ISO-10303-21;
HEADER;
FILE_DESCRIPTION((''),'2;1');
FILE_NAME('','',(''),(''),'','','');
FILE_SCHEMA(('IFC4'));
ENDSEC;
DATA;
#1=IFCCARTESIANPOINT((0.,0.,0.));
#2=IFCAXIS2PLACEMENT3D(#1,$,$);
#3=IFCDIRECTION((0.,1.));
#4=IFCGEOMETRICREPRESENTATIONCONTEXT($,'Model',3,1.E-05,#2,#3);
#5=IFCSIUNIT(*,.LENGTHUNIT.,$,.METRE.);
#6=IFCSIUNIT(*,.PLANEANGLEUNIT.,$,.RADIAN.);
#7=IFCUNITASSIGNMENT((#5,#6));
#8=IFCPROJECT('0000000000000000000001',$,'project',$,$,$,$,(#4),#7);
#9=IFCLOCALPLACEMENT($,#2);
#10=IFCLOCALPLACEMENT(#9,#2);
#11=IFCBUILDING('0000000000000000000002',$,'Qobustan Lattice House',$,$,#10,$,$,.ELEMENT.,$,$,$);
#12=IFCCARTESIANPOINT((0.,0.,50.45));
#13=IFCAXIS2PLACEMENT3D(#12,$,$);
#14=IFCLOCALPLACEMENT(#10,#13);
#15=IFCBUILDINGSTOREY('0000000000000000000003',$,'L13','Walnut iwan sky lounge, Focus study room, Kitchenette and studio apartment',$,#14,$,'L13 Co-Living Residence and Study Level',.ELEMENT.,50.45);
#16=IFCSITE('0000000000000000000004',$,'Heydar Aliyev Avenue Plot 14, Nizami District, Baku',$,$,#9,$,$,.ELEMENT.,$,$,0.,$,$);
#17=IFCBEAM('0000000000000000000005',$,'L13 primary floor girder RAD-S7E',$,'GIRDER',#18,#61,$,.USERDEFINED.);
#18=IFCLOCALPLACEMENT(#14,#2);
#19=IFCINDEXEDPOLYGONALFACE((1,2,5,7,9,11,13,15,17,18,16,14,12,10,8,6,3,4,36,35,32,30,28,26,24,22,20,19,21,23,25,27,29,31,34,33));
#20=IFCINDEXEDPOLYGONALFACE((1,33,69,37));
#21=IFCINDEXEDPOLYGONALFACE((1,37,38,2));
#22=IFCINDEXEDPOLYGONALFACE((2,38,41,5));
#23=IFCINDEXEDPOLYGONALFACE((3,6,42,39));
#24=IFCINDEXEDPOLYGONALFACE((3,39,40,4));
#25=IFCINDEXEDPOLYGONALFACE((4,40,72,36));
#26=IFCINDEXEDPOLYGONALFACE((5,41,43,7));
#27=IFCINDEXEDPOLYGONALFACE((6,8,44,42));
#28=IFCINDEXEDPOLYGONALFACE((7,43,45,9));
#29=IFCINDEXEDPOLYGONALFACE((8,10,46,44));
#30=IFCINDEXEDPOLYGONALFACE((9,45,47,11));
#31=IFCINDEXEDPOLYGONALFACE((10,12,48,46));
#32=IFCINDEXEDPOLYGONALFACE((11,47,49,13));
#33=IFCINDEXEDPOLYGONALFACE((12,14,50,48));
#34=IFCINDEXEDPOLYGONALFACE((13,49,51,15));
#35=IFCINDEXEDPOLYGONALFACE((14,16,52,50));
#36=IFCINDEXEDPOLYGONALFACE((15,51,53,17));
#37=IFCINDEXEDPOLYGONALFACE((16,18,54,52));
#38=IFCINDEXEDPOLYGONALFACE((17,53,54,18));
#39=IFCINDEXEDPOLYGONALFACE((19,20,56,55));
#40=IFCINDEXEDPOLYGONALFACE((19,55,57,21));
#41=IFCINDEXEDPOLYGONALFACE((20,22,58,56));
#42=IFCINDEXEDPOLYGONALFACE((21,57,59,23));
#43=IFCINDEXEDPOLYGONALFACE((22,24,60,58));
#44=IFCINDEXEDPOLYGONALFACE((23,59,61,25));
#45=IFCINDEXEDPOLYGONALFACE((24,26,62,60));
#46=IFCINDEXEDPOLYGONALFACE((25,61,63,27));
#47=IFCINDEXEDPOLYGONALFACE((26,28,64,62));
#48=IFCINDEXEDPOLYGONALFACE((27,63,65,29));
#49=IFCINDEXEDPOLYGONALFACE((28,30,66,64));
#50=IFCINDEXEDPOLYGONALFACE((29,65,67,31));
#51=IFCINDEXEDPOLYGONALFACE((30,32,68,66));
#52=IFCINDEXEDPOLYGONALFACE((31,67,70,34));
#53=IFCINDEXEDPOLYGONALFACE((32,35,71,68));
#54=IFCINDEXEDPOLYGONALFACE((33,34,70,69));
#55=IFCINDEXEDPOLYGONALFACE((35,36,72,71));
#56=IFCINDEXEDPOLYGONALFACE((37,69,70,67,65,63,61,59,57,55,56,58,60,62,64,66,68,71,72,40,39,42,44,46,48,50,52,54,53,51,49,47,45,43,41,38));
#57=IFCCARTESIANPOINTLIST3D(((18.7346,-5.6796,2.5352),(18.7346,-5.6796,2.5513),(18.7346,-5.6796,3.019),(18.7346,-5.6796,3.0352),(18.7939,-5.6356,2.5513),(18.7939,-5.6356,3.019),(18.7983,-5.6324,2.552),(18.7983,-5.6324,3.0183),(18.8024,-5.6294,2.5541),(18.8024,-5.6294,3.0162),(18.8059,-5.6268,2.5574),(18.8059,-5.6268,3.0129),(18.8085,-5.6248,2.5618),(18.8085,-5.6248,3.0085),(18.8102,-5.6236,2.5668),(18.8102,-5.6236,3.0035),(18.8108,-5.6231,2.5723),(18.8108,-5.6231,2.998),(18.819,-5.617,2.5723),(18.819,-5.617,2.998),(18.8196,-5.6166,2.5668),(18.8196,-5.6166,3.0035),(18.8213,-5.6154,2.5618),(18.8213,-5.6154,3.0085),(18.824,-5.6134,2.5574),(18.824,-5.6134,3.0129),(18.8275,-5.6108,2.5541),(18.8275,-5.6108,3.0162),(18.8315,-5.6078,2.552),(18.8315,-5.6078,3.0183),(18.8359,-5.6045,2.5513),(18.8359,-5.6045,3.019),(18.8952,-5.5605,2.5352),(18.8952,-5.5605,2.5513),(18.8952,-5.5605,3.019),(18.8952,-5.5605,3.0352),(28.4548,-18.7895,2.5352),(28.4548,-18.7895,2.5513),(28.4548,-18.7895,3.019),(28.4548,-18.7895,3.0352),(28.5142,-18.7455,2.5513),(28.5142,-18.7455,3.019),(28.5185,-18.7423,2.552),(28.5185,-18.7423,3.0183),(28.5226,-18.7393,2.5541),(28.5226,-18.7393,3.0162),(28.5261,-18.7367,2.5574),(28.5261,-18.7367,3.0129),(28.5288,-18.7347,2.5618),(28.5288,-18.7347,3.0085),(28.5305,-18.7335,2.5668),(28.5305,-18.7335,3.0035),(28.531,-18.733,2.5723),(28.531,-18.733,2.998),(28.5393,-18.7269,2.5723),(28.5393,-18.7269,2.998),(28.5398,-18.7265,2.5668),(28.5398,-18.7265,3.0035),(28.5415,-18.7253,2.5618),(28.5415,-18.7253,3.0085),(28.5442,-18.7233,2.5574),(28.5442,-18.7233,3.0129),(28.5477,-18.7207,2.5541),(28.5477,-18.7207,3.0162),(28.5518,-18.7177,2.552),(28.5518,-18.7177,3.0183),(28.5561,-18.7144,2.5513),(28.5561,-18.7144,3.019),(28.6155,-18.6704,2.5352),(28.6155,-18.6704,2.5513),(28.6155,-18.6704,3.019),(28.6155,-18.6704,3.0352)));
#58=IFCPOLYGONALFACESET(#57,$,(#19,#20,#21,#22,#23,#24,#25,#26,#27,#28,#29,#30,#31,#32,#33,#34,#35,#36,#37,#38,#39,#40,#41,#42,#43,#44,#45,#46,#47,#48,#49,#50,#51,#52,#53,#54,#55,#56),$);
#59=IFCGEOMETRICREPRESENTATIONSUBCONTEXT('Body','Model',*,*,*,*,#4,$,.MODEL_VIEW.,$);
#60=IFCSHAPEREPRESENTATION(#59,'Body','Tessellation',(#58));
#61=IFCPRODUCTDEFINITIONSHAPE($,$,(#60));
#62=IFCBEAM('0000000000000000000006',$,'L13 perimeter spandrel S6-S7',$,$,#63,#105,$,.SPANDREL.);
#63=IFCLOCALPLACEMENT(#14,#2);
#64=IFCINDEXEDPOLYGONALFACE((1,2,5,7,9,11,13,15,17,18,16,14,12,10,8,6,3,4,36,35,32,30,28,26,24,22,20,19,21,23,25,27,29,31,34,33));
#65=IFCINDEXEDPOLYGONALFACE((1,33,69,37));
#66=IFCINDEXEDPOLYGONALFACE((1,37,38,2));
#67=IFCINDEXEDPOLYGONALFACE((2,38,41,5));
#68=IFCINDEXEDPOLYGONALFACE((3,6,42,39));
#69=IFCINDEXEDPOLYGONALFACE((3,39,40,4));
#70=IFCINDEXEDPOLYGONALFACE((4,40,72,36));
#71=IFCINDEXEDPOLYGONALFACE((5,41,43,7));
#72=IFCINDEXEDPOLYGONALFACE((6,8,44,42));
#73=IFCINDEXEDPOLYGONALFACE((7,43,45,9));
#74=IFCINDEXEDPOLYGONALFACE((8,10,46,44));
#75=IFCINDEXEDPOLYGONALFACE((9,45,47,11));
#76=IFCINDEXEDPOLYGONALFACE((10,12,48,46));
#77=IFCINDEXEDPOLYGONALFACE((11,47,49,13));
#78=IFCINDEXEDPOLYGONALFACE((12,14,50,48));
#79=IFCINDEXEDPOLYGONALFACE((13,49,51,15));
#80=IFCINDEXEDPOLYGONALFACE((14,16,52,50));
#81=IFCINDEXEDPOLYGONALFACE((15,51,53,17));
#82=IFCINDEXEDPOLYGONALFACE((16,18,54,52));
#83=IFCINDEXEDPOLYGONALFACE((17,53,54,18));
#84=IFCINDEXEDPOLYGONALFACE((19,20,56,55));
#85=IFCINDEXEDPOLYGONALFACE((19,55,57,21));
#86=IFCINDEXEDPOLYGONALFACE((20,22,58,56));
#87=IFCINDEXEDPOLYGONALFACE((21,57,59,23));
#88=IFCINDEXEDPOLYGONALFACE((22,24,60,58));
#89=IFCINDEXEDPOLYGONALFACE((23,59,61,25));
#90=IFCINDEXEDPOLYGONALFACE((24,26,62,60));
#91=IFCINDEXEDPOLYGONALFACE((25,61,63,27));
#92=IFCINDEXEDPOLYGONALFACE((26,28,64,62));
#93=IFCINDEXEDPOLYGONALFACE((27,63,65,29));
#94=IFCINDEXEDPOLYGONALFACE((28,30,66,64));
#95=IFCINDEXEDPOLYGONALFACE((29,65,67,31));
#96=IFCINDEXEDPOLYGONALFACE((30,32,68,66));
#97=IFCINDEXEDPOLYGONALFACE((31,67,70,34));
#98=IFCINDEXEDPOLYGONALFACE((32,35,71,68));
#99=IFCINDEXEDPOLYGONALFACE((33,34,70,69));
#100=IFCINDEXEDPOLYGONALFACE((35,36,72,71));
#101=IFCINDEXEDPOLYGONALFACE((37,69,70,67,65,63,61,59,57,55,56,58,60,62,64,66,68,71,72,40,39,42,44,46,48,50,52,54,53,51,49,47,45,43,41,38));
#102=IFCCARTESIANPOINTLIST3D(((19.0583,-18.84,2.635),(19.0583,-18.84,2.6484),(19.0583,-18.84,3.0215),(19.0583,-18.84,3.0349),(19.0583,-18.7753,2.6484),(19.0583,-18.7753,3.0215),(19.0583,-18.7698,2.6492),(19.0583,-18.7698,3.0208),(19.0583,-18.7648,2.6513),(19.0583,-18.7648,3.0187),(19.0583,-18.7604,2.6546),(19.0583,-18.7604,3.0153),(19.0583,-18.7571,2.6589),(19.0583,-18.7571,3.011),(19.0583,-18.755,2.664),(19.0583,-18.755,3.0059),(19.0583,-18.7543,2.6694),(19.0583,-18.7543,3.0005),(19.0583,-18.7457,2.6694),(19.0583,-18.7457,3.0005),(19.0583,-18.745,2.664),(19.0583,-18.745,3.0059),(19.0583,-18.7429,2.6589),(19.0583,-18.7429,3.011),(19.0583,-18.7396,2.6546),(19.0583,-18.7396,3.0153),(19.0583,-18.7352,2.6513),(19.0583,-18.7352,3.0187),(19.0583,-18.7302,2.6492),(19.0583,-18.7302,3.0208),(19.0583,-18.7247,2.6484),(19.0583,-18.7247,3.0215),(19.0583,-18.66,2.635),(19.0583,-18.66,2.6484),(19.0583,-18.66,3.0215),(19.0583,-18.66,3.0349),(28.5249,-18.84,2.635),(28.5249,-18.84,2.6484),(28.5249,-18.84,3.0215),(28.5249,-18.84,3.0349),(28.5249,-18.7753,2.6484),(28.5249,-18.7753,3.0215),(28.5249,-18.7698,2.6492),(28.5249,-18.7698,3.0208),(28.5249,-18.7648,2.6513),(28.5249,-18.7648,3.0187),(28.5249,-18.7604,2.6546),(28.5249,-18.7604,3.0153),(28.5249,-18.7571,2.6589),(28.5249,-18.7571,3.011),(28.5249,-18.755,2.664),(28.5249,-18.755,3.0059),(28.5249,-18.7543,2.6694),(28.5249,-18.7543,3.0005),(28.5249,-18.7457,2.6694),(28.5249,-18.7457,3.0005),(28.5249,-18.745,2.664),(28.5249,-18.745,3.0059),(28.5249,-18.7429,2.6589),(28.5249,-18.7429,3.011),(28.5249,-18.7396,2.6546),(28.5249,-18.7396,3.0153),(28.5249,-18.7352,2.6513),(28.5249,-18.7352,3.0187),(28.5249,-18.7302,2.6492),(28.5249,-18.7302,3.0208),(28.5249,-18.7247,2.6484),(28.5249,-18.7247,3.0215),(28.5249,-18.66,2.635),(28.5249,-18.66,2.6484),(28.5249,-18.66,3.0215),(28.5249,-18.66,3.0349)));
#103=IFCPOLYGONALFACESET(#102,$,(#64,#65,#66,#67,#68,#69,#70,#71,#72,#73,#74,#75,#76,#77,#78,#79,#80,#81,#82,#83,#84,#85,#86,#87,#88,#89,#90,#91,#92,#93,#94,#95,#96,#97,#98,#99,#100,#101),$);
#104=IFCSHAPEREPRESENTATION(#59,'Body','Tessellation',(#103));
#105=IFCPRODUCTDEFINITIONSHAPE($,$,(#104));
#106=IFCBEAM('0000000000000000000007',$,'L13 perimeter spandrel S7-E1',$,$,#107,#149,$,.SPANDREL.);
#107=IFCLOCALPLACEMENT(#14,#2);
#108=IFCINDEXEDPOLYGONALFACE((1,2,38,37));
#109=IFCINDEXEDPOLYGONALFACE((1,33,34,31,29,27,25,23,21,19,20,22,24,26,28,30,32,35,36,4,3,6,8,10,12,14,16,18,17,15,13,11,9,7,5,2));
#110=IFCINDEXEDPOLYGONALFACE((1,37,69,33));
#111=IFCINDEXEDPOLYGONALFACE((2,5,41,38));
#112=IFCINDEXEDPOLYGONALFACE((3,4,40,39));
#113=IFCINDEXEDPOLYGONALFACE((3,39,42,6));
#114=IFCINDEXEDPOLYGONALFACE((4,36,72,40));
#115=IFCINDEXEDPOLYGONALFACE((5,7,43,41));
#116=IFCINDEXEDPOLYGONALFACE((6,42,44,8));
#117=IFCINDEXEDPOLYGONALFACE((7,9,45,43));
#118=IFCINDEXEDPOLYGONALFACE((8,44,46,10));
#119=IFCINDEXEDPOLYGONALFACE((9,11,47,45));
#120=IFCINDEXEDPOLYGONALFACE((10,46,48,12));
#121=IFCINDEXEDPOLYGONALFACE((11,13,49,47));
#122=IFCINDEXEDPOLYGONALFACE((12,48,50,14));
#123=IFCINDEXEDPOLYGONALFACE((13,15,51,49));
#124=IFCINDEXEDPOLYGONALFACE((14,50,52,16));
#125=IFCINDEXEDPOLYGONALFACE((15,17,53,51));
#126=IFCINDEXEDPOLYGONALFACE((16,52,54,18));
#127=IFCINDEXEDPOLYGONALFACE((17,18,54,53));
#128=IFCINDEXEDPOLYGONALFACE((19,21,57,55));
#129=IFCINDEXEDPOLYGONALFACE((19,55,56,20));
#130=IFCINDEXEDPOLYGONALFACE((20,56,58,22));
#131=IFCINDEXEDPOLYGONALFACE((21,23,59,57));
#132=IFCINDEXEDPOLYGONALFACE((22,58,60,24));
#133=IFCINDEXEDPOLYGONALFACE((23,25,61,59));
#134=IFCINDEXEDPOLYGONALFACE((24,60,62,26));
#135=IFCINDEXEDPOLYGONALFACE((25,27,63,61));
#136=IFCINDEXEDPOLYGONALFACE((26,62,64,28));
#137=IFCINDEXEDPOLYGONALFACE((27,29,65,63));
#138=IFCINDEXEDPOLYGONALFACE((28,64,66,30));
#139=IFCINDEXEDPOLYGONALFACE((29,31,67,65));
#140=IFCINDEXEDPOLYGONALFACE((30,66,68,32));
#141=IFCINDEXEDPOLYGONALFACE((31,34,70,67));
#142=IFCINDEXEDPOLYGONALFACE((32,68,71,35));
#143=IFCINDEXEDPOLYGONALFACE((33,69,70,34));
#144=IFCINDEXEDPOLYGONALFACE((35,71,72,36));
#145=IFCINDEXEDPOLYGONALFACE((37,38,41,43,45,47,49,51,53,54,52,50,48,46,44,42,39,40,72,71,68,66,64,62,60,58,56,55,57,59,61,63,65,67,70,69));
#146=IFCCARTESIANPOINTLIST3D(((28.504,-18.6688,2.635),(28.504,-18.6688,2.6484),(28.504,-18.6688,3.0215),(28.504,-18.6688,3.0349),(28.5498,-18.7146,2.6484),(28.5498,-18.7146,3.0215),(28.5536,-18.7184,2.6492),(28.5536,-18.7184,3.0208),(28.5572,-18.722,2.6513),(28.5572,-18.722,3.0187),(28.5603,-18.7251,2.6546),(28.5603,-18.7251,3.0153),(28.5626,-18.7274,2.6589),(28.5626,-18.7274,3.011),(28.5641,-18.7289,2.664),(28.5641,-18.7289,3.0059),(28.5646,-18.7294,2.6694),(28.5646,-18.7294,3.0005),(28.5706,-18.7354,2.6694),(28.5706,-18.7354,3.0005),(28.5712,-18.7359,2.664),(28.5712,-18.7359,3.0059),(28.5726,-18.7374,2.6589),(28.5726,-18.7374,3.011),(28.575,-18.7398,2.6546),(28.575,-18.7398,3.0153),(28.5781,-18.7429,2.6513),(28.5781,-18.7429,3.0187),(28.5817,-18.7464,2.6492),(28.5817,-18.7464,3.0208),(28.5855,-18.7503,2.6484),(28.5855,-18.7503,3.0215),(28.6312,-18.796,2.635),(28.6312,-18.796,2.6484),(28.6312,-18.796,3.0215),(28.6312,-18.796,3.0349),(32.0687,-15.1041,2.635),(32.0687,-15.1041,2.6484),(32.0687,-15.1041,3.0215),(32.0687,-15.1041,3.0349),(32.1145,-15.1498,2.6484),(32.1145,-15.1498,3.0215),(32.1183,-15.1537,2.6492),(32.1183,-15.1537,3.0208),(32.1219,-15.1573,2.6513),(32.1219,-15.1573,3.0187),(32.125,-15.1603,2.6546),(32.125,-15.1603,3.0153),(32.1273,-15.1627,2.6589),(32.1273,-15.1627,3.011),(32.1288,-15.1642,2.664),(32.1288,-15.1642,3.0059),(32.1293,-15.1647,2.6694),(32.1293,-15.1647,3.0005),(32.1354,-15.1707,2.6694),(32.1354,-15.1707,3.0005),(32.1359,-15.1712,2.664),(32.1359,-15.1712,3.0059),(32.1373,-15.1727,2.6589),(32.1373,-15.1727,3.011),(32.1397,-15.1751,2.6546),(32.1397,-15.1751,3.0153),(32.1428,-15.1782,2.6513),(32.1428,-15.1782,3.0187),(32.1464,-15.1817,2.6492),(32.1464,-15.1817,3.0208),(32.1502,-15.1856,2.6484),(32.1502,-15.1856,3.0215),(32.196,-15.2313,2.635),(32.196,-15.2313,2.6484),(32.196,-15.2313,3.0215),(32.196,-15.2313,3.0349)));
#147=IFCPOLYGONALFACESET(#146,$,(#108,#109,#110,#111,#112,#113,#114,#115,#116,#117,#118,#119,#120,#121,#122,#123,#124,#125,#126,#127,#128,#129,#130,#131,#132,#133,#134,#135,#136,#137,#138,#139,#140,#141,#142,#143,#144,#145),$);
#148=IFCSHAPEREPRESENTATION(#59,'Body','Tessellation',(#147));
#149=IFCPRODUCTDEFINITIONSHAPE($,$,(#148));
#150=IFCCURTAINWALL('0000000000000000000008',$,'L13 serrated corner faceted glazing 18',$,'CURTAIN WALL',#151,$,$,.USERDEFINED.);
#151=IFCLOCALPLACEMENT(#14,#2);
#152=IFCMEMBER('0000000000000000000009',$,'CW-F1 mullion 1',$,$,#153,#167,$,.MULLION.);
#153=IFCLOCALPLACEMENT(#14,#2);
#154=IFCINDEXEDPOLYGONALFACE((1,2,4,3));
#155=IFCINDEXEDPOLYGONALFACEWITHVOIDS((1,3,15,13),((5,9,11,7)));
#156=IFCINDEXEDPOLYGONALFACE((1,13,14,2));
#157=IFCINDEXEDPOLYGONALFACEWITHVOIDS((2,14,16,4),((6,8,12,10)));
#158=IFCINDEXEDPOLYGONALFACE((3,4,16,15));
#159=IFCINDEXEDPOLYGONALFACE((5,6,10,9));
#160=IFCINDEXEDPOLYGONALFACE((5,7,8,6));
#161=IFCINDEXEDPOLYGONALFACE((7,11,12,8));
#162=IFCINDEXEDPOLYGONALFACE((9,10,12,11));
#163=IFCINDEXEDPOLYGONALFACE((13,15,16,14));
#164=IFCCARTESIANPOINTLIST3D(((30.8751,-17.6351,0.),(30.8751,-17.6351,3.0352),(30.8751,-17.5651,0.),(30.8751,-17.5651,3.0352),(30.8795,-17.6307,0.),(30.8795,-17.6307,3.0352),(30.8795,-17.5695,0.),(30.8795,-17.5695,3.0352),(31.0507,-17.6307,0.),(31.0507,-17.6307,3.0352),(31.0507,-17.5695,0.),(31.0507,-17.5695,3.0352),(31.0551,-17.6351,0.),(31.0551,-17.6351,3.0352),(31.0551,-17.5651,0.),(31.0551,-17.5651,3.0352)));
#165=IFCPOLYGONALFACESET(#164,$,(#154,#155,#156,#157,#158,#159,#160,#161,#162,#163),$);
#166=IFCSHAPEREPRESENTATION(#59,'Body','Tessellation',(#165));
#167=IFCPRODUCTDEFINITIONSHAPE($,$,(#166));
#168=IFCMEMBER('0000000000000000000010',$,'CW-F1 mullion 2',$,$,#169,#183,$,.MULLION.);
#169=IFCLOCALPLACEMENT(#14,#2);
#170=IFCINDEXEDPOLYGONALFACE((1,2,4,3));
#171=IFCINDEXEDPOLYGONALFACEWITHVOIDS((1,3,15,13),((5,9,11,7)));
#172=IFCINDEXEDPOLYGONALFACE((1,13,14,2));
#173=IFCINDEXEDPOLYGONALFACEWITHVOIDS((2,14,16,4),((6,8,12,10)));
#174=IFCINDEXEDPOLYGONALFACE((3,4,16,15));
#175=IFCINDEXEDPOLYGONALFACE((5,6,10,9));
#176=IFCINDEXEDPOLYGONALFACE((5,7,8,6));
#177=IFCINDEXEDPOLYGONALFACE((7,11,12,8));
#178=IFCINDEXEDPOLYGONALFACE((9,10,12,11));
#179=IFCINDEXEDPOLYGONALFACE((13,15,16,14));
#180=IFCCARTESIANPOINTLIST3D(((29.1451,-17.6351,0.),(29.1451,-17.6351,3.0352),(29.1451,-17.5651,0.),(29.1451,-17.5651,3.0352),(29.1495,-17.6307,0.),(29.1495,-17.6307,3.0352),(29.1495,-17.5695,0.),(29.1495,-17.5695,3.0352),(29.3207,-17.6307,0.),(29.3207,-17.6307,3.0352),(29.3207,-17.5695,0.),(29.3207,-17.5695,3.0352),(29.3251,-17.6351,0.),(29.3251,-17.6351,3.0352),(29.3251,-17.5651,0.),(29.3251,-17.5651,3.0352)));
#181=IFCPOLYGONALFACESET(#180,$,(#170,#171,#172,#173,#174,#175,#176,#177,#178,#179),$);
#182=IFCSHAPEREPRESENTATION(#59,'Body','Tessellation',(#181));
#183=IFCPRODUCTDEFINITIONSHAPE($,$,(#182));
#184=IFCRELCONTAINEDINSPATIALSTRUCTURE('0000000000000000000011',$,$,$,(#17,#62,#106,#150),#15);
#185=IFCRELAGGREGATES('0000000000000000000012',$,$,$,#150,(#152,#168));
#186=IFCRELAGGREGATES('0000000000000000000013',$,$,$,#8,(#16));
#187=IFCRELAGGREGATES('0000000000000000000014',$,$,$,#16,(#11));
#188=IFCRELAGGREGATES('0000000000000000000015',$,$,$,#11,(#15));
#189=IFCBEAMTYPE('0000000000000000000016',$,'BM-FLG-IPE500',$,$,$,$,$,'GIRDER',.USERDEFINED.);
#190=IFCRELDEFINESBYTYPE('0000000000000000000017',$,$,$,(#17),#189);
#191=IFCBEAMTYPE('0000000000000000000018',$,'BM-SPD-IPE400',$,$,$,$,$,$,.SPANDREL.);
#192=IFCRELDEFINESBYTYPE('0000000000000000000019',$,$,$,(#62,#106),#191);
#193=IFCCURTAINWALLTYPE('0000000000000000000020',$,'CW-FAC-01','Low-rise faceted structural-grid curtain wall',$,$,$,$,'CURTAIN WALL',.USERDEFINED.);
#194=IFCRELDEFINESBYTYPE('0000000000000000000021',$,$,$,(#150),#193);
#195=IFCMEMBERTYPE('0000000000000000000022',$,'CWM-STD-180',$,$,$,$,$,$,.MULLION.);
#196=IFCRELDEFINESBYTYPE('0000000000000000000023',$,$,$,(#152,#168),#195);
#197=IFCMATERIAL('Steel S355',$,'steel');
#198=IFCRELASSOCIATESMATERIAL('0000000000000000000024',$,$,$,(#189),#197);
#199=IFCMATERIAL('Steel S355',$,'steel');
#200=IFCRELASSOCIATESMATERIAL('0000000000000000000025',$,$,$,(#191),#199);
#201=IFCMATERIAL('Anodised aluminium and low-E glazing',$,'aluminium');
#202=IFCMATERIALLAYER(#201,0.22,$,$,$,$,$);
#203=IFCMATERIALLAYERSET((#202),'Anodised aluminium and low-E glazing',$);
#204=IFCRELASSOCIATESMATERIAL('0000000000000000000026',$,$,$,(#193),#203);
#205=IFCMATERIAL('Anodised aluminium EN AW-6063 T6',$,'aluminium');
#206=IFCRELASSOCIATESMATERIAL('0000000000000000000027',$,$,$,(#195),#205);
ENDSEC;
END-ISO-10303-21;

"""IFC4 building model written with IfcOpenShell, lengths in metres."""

from ifc_helpers import new_model, si_unit, direction, frame, origin, origin_2d, place, context, subcontext, project, spatial, hollow_rectangle, i_section, extrude, material, layer, layer_set, material_profile, profile_set, type_object, element, aggregate, save


model = new_model("IFC4")

# Units and contexts
model_context = context("Model", 3, precision=1e-05, world=origin(), true_north=direction((0.0, 1.0)))
body_context = subcontext(model_context, "Body", "Model", "MODEL_VIEW")
ifc_project = project(units=[si_unit("LENGTHUNIT", "METRE"), si_unit("PLANEANGLEUNIT", "RADIAN")], contexts=[model_context])

# Site, building, storey
site_placement = place(None, origin())
site = spatial("IfcSite", under=ifc_project, at=site_placement, Name="Heydar Aliyev Avenue Plot 14, Nizami District, Baku", CompositionType="ELEMENT", RefElevation=0.0)
building_placement = place(site_placement, origin())
building = spatial("IfcBuilding", under=site, at=building_placement, Name="Qobustan Lattice House", CompositionType="ELEMENT")
storey_placement = place(building_placement, frame((0.0, 0.0, 50.45)))
storey = spatial("IfcBuildingStorey", under=building, at=storey_placement, Name="L13", Description="Walnut iwan sky lounge, Focus study room, Kitchenette and studio apartment", LongName="L13 Co-Living Residence and Study Level", CompositionType="ELEMENT", Elevation=50.45)

# Beams
ifc_material_1 = material(Name="Steel S355", Category="steel")
ifc_material_profile_1 = material_profile(ifc_material_1, i_section(OverallWidth=0.2, OverallDepth=0.5, WebThickness=0.0103, FlangeThickness=0.0161, FilletRadius=0.021, at=origin_2d()), Name="IPE500")
ifc_profile_set_1 = profile_set([ifc_material_profile_1], Name="Steel S355")
beam_type_1 = type_object("IfcBeamType", Name="BM-FLG-IPE500", ElementType="GIRDER", PredefinedType="USERDEFINED", material=ifc_profile_set_1)
beam_1_placement = place(storey_placement, frame((28.5352, -18.73, 2.7852), z_axis=(-0.595592, 0.803287, 0.0), x_axis=(-0.803287, -0.595592, 0.0)))
element("IfcBeam", 1, at=beam_1_placement, inside=storey, type_object=beam_type_1, Name="L13 primary floor girder RAD-S7E", ObjectType="GIRDER", PredefinedType="USERDEFINED", context=body_context, shape_type="SweptSolid", body=[
    extrude(i_section(OverallWidth=0.2, OverallDepth=0.5, WebThickness=0.0103, FlangeThickness=0.0161, FilletRadius=0.021, at=origin_2d()), origin(), (0.0, 0.0, 1.0), 16.3203),
])
ifc_material_2 = material(Name="Steel S355", Category="steel")
ifc_material_profile_2 = material_profile(ifc_material_2, i_section(OverallWidth=0.1799, OverallDepth=0.3999, WebThickness=0.0085, FlangeThickness=0.0134, FilletRadius=0.021, at=origin_2d()), Name="IPE400")
ifc_profile_set_2 = profile_set([ifc_material_profile_2], Name="Steel S355")
beam_type_2 = type_object("IfcBeamType", Name="BM-SPD-IPE400", PredefinedType="SPANDREL", material=ifc_profile_set_2)
beam_2_placement = place(storey_placement, frame((19.0583, -18.75, 2.835), z_axis=(1.0, 0.0, 0.0), x_axis=(0.0, 1.0, 0.0)))
element("IfcBeam", 2, at=beam_2_placement, inside=storey, type_object=beam_type_2, Name="L13 perimeter spandrel S6-S7", PredefinedType="SPANDREL", context=body_context, shape_type="SweptSolid", body=[
    extrude(i_section(OverallWidth=0.1799, OverallDepth=0.3999, WebThickness=0.0085, FlangeThickness=0.0134, FilletRadius=0.021, at=origin_2d()), origin(), (0.0, 0.0, 1.0), 9.4666),
])
beam_3_placement = place(storey_placement, frame((28.5676, -18.7324, 2.835), z_axis=(0.707107, 0.707107, 0.0), x_axis=(-0.707107, 0.707107, 0.0)))
element("IfcBeam", 3, at=beam_3_placement, inside=storey, type_object=beam_type_2, Name="L13 perimeter spandrel S7-E1", PredefinedType="SPANDREL", context=body_context, shape_type="SweptSolid", body=[
    extrude(i_section(OverallWidth=0.1799, OverallDepth=0.3999, WebThickness=0.0085, FlangeThickness=0.0134, FilletRadius=0.021, at=origin_2d()), origin(), (0.0, 0.0, 1.0), 5.0413),
])

# Curtain wall, members
ifc_material_3 = material(Name="Anodised aluminium and low-E glazing", Category="aluminium")
ifc_layer_1 = layer(ifc_material_3, 0.22)
ifc_layer_set_1 = layer_set([ifc_layer_1], Name="Anodised aluminium and low-E glazing")
curtain_wall_type = type_object("IfcCurtainWallType", Name="CW-FAC-01", Description="Low-rise faceted structural-grid curtain wall", ElementType="CURTAIN WALL", PredefinedType="USERDEFINED", material=ifc_layer_set_1)
curtain_wall_placement = place(storey_placement, origin())
curtain_wall = element("IfcCurtainWall", 4, at=curtain_wall_placement, inside=storey, type_object=curtain_wall_type, Name="L13 serrated corner faceted glazing 18", ObjectType="CURTAIN WALL", PredefinedType="USERDEFINED")
ifc_material_4 = material(Name="Anodised aluminium EN AW-6063 T6", Category="aluminium")
ifc_material_profile_3 = material_profile(ifc_material_4, hollow_rectangle(XDim=0.0701, YDim=0.1799, WallThickness=0.0044, at=origin_2d()), Name="CWM-180x70")
ifc_profile_set_3 = profile_set([ifc_material_profile_3], Name="Anodised aluminium EN AW-6063 T6")
member_type_1 = type_object("IfcMemberType", Name="CWM-STD-180", PredefinedType="MULLION", material=ifc_profile_set_3)
member_1_placement = place(storey_placement, frame((30.9651, -17.6001, 0.0), z_axis=(0.0, 0.0, 1.0), x_axis=(0.0, -1.0, 0.0)))
member_1 = element("IfcMember", 5, at=member_1_placement, type_object=member_type_1, Name="CW-F1 mullion 1", PredefinedType="MULLION", context=body_context, shape_type="SweptSolid", body=[
    extrude(hollow_rectangle(XDim=0.0701, YDim=0.1799, WallThickness=0.0044, at=origin_2d()), origin(), (0.0, 0.0, 1.0), 3.0352),
])
member_2_placement = place(storey_placement, frame((29.2351, -17.6001, 0.0), z_axis=(0.0, 0.0, 1.0), x_axis=(0.0, -1.0, 0.0)))
member_2 = element("IfcMember", 6, at=member_2_placement, type_object=member_type_1, Name="CW-F1 mullion 2", PredefinedType="MULLION", context=body_context, shape_type="SweptSolid", body=[
    extrude(hollow_rectangle(XDim=0.0701, YDim=0.1799, WallThickness=0.0044, at=origin_2d()), origin(), (0.0, 0.0, 1.0), 3.0352),
])
aggregate(curtain_wall, [member_1, member_2])

save(model, "model.ifc")
